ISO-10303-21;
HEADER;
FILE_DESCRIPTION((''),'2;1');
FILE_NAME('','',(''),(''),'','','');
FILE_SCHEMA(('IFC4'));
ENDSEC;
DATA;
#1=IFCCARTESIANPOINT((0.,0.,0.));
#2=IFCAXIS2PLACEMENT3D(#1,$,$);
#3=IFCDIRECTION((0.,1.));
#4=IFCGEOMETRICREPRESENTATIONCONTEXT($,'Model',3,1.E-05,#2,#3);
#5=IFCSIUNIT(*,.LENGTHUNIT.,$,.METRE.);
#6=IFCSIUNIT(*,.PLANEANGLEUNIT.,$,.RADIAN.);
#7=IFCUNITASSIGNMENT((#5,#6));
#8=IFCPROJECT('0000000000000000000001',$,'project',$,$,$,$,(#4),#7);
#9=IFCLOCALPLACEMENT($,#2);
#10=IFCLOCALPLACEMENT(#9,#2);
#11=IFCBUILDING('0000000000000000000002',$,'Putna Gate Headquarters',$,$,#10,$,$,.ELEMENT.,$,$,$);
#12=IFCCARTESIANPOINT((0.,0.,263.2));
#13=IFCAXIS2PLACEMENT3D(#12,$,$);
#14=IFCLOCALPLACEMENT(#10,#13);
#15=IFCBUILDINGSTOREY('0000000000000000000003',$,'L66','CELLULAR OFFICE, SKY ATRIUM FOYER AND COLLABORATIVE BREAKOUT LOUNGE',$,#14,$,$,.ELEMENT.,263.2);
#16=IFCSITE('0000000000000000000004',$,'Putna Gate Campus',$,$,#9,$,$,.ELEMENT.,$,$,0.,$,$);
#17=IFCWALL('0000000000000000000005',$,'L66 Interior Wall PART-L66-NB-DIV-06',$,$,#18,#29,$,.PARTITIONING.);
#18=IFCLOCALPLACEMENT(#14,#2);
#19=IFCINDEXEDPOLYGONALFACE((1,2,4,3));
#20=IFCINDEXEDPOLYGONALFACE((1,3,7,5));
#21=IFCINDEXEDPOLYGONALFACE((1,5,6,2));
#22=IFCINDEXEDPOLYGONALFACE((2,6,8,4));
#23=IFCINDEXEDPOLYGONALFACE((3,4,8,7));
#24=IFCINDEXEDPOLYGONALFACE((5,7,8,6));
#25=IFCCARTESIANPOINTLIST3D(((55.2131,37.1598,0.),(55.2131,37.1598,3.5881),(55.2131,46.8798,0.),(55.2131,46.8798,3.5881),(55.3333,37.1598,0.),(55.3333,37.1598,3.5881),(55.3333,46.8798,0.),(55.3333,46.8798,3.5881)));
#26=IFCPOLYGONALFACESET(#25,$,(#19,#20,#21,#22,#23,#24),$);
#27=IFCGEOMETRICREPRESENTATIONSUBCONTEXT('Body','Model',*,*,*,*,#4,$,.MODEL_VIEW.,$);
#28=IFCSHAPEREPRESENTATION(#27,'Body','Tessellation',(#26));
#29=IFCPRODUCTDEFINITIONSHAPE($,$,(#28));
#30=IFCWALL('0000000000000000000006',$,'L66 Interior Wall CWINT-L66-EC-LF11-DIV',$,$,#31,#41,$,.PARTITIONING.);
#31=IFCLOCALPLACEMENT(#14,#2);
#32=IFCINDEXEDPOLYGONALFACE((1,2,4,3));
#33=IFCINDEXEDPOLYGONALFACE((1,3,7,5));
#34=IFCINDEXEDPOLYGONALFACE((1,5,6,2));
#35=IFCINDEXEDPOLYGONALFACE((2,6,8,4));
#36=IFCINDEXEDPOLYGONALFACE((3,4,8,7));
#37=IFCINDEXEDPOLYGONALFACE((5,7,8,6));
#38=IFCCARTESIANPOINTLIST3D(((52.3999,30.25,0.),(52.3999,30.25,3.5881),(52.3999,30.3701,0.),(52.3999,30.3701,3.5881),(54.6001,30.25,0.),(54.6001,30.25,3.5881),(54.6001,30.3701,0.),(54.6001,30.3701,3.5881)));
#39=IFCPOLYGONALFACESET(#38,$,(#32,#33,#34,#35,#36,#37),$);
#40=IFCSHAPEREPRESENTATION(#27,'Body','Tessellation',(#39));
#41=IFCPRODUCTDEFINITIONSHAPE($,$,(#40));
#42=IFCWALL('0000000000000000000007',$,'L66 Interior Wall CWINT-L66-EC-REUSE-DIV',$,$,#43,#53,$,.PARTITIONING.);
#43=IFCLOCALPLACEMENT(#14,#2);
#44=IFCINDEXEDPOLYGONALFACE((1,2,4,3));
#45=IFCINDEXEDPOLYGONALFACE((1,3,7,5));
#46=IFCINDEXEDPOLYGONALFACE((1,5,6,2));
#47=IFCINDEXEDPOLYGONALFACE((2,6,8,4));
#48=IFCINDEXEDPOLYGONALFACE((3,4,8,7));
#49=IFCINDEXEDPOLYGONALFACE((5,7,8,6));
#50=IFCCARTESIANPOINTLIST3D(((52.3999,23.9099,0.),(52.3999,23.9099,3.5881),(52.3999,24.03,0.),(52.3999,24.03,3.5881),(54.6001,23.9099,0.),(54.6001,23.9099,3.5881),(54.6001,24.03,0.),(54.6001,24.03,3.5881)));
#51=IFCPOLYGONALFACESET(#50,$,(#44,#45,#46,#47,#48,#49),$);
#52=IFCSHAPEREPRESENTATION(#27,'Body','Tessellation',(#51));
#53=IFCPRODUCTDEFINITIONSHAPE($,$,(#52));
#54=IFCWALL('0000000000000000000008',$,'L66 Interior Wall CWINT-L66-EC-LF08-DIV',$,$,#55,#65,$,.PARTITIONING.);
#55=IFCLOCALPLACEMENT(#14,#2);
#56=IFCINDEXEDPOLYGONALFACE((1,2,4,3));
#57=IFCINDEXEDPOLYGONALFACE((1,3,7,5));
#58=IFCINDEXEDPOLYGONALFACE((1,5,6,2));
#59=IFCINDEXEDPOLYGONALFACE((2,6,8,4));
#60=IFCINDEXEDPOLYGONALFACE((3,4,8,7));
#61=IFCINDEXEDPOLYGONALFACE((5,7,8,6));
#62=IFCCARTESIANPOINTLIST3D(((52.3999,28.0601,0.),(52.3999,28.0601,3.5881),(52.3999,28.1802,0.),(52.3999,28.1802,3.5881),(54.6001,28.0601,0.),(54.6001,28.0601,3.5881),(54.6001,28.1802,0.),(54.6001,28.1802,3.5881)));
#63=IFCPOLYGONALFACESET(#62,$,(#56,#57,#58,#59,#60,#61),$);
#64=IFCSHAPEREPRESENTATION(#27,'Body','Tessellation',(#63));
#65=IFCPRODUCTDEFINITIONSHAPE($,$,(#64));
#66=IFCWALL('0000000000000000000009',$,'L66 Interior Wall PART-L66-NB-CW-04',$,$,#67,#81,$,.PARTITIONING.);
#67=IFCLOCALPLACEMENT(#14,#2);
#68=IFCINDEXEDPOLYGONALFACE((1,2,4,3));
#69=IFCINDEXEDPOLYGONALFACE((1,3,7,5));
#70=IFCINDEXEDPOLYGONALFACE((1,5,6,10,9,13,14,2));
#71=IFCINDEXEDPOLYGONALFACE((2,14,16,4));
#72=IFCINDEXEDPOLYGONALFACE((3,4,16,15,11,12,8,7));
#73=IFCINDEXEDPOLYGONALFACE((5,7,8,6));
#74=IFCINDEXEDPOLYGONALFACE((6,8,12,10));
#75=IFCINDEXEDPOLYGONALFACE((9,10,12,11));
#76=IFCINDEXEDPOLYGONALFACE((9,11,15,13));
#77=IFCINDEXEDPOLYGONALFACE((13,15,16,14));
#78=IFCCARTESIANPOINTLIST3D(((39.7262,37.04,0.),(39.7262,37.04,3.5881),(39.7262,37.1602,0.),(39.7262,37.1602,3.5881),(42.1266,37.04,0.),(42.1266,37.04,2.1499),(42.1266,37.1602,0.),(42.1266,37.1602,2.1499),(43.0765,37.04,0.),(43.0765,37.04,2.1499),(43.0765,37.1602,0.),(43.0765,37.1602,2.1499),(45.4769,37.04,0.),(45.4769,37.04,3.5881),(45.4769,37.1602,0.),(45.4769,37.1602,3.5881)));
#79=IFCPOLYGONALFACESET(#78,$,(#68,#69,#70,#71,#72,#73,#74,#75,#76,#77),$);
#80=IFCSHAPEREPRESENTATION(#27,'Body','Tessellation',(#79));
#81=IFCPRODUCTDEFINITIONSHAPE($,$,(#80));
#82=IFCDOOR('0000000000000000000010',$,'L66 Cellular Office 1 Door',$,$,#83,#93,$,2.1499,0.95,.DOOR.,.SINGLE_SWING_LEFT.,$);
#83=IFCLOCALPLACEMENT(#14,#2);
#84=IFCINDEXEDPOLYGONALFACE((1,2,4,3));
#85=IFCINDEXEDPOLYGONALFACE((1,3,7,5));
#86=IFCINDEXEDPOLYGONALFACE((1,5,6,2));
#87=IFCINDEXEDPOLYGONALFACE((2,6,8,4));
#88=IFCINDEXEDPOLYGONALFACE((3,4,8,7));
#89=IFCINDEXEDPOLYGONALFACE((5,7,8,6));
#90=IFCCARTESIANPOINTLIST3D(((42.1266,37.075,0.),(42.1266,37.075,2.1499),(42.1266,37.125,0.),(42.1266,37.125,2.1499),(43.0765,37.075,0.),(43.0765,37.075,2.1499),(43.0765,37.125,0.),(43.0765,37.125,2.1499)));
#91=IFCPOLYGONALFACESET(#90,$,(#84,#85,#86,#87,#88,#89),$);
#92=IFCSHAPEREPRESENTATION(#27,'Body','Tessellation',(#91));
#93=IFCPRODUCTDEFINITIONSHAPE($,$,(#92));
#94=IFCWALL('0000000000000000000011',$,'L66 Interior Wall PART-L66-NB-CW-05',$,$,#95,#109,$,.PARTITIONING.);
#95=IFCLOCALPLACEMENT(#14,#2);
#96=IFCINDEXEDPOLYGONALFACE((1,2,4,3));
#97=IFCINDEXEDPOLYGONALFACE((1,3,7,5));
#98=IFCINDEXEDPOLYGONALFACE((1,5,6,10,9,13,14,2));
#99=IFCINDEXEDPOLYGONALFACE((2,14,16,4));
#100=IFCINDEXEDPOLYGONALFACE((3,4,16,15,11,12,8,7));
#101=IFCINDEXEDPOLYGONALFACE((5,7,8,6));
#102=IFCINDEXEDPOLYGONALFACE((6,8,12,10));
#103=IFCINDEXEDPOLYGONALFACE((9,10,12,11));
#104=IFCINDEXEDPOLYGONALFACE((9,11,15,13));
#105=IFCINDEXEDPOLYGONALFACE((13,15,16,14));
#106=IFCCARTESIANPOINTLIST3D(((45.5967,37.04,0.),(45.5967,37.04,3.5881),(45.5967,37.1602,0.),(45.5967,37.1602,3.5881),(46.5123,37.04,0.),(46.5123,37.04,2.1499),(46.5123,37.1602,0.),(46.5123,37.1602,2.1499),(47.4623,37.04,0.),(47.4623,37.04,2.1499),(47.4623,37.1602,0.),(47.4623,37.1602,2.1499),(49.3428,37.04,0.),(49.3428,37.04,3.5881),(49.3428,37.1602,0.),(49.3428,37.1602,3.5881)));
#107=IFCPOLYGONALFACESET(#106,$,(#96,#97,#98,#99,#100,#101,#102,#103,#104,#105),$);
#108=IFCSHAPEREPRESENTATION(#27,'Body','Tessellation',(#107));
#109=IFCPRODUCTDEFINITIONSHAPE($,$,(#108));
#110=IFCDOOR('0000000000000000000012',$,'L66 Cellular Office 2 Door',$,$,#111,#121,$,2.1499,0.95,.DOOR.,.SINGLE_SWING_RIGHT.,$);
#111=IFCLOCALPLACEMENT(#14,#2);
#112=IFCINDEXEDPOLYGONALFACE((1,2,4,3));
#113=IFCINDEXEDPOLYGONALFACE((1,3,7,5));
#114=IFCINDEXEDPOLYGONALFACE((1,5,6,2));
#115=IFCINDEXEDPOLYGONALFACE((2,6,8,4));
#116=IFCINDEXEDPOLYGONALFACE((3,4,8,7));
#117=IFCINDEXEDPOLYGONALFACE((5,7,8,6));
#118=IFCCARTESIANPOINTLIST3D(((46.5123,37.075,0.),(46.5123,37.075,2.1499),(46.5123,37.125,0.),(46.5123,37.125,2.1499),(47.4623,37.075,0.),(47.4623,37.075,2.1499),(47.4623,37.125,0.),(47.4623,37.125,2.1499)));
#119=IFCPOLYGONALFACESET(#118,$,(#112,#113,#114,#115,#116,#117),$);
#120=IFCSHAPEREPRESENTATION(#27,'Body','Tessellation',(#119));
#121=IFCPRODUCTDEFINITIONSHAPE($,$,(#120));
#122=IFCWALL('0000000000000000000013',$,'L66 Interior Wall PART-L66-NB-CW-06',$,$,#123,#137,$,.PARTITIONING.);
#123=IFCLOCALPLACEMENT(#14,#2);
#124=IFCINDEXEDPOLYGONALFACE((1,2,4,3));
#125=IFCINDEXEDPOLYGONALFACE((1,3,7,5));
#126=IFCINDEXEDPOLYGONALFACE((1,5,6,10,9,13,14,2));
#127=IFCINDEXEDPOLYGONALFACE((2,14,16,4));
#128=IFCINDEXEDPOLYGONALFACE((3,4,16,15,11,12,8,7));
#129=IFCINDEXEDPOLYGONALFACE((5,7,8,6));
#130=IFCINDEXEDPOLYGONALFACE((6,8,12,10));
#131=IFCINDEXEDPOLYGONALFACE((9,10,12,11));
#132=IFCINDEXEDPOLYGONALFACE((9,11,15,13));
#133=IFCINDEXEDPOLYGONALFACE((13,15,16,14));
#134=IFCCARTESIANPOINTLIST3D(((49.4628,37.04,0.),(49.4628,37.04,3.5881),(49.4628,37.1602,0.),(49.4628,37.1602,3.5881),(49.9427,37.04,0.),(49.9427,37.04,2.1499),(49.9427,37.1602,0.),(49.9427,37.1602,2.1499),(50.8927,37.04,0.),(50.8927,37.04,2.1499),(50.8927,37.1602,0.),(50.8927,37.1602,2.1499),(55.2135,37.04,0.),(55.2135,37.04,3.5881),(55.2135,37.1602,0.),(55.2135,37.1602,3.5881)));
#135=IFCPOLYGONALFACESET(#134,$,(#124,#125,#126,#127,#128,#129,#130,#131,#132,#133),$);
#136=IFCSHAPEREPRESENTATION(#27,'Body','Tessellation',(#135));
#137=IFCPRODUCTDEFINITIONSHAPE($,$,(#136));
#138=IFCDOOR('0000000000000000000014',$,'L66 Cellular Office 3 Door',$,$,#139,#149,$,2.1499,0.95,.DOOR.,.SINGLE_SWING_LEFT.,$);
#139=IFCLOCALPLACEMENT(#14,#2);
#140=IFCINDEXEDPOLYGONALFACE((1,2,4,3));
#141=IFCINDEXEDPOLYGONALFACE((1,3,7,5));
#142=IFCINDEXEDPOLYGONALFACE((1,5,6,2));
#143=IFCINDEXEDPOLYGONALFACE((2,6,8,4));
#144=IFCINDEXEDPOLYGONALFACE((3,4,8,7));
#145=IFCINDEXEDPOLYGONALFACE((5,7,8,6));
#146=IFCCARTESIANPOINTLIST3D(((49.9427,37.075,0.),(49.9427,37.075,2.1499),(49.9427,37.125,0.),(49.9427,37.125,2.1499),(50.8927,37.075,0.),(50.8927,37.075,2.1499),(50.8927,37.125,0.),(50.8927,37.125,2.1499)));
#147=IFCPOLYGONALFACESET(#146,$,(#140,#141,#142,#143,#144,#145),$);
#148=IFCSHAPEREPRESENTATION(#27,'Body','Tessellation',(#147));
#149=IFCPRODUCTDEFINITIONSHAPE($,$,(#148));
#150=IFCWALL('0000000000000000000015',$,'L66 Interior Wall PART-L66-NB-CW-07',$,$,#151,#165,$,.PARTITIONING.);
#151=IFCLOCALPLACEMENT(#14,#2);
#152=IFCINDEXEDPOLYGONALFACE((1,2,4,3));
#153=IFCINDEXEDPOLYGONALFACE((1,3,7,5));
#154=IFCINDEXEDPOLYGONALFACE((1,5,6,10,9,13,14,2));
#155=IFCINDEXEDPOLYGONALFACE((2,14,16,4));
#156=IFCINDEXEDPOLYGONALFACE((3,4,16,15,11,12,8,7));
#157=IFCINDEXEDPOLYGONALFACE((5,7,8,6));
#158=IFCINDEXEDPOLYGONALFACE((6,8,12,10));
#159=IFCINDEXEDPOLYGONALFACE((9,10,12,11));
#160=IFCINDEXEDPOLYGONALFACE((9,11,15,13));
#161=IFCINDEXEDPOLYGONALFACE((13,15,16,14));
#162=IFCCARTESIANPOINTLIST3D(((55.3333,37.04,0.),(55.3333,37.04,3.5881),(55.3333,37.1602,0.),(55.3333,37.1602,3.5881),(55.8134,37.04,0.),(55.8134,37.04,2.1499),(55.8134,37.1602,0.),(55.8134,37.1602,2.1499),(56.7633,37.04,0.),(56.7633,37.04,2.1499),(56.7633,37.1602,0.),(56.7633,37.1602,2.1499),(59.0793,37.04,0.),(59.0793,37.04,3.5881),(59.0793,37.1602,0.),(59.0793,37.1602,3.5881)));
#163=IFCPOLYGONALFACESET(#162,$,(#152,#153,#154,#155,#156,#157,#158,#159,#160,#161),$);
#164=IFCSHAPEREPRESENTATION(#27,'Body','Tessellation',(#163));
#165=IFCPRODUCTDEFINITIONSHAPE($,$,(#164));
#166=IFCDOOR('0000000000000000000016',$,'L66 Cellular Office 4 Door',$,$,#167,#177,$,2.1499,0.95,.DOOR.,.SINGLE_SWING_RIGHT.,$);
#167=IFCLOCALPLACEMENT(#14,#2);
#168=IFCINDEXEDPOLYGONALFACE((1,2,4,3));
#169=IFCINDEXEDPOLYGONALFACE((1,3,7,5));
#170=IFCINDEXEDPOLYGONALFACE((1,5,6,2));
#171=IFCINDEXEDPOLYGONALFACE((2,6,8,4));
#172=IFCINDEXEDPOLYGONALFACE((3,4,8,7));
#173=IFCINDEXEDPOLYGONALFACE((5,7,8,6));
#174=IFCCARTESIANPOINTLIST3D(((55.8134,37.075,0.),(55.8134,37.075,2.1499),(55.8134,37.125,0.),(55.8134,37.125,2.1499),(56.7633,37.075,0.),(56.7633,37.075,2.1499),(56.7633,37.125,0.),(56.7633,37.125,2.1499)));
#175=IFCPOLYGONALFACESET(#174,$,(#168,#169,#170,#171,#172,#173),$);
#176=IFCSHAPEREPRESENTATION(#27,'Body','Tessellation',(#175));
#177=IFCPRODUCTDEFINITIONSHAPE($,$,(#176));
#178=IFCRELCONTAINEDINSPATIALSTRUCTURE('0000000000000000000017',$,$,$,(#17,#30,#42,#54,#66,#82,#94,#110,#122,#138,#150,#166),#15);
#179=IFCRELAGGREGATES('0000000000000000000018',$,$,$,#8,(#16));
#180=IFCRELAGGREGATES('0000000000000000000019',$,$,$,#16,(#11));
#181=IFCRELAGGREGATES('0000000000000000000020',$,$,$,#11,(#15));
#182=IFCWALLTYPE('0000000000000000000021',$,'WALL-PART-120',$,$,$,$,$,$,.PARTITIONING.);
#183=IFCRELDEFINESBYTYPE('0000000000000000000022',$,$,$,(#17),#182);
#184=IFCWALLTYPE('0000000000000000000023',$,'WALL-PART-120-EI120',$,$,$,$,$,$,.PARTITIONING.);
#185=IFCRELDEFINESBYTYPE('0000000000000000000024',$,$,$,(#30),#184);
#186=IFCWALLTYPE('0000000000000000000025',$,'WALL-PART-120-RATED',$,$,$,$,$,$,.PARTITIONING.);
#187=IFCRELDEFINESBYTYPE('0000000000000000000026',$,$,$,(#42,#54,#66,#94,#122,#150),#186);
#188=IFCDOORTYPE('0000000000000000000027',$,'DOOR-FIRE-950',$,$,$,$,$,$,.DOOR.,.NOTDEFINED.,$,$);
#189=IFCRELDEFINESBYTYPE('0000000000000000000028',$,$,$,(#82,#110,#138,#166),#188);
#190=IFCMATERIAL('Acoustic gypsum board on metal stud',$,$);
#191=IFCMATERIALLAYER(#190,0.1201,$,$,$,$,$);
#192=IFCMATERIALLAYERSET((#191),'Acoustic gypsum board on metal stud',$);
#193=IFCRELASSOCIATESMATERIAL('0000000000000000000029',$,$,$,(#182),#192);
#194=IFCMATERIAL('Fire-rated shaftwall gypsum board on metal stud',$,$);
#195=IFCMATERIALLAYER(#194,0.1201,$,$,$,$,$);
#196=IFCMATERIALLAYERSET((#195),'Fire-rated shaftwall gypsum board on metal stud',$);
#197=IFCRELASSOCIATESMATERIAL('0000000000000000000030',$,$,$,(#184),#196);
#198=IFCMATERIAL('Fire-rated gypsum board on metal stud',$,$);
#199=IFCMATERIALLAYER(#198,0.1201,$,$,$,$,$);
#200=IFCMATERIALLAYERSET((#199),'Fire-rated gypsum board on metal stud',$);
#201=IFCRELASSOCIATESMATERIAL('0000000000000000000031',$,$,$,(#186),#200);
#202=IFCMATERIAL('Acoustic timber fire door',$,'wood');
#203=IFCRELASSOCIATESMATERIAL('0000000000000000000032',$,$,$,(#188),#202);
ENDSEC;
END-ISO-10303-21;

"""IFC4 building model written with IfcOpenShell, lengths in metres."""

from ifc_helpers import new_model, si_unit, direction, frame, frame_2d, origin, place, context, subcontext, project, spatial, rectangle, extrude, material, layer, layer_set, type_object, element, fill, save


model = new_model("IFC4")

# Units and contexts
model_context = context("Model", 3, precision=1e-05, world=origin(), true_north=direction((0.0, 1.0)))
body_context = subcontext(model_context, "Body", "Model", "MODEL_VIEW")
ifc_project = project(units=[si_unit("LENGTHUNIT", "METRE"), si_unit("PLANEANGLEUNIT", "RADIAN")], contexts=[model_context])

# Site, building, storey
site_placement = place(None, origin())
site = spatial("IfcSite", under=ifc_project, at=site_placement, Name="Putna Gate Campus", CompositionType="ELEMENT", RefElevation=0.0)
building_placement = place(site_placement, origin())
building = spatial("IfcBuilding", under=site, at=building_placement, Name="Putna Gate Headquarters", CompositionType="ELEMENT")
storey_placement = place(building_placement, frame((0.0, 0.0, 263.2)))
storey = spatial("IfcBuildingStorey", under=building, at=storey_placement, Name="L66", Description="CELLULAR OFFICE, SKY ATRIUM FOYER AND COLLABORATIVE BREAKOUT LOUNGE", CompositionType="ELEMENT", Elevation=263.2)

# Shared definitions
ifc_material_1 = material(Name="Acoustic gypsum board on metal stud")
ifc_layer_1 = layer(ifc_material_1, 0.1201)
ifc_layer_set_1 = layer_set([ifc_layer_1], Name="Acoustic gypsum board on metal stud")
wall_type_1 = type_object("IfcWallType", Name="WALL-PART-120", PredefinedType="PARTITIONING", material=ifc_layer_set_1)

# Walls
for number, where, z_axis, x_axis, name in (
    (1, (55.2732, 37.1599, 0.0), (0.0, 0.0, 1.0), (0.0, 1.0, 0.0), "L66 Interior Wall PART-L66-NB-DIV-06"),
):
    element("IfcWall", number, at=place(storey_placement, frame(where, z_axis=z_axis, x_axis=x_axis)), inside=storey, type_object=wall_type_1, Name=name, PredefinedType="PARTITIONING", context=body_context, shape_type="SweptSolid", body=[
        extrude(rectangle(XDim=9.72, YDim=0.1201, at=frame_2d((4.8599, 0.0))), origin(), (0.0, 0.0, 1.0), 3.5881),
    ])
ifc_material_2 = material(Name="Fire-rated shaftwall gypsum board on metal stud")
ifc_layer_2 = layer(ifc_material_2, 0.1201)
ifc_layer_set_2 = layer_set([ifc_layer_2], Name="Fire-rated shaftwall gypsum board on metal stud")
wall_type_2 = type_object("IfcWallType", Name="WALL-PART-120-EI120", PredefinedType="PARTITIONING", material=ifc_layer_set_2)
wall_1_placement = place(storey_placement, frame((52.3999, 30.3101, 0.0), z_axis=(0.0, 0.0, 1.0), x_axis=(1.0, 0.0, 0.0)))
element("IfcWall", 2, at=wall_1_placement, inside=storey, type_object=wall_type_2, Name="L66 Interior Wall CWINT-L66-EC-LF11-DIV", PredefinedType="PARTITIONING", context=body_context, shape_type="SweptSolid", body=[
    extrude(rectangle(XDim=2.2002, YDim=0.1201, at=frame_2d((1.1001, 0.0))), origin(), (0.0, 0.0, 1.0), 3.5881),
])
ifc_material_3 = material(Name="Fire-rated gypsum board on metal stud")
ifc_layer_3 = layer(ifc_material_3, 0.1201)
ifc_layer_set_3 = layer_set([ifc_layer_3], Name="Fire-rated gypsum board on metal stud")
wall_type_3 = type_object("IfcWallType", Name="WALL-PART-120-RATED", PredefinedType="PARTITIONING", material=ifc_layer_set_3)
for number, where, z_axis, x_axis, name in (
    (3, (52.3999, 23.97, 0.0), (0.0, 0.0, 1.0), (1.0, 0.0, 0.0), "L66 Interior Wall CWINT-L66-EC-REUSE-DIV"),
    (4, (52.3999, 28.1201, 0.0), (0.0, 0.0, 1.0), (1.0, 0.0, 0.0), "L66 Interior Wall CWINT-L66-EC-LF08-DIV"),
):
    element("IfcWall", number, at=place(storey_placement, frame(where, z_axis=z_axis, x_axis=x_axis)), inside=storey, type_object=wall_type_3, Name=name, PredefinedType="PARTITIONING", context=body_context, shape_type="SweptSolid", body=[
        extrude(rectangle(XDim=2.2002, YDim=0.1201, at=frame_2d((1.1001, 0.0))), origin(), (0.0, 0.0, 1.0), 3.5881),
    ])

# Walls, openings, doors
wall_2_placement = place(storey_placement, frame((39.7261, 37.1001, 0.0), z_axis=(0.0, 0.0, 1.0), x_axis=(1.0, 0.0, 0.0)))
wall_2 = element("IfcWall", 5, at=wall_2_placement, inside=storey, type_object=wall_type_3, Name="L66 Interior Wall PART-L66-NB-CW-04", PredefinedType="PARTITIONING", context=body_context, shape_type="SweptSolid", body=[
    extrude(rectangle(XDim=5.7507, YDim=0.1201, at=frame_2d((2.8755, 0.0))), origin(), (0.0, 0.0, 1.0), 3.5881),
])
opening_1_placement = place(wall_2_placement, frame((2.4004, 0.0, 0.0)))
opening_1 = element("IfcOpeningElement", 6, at=opening_1_placement, cuts=wall_2, PredefinedType="OPENING", context=body_context, shape_type="SweptSolid", body=[
    extrude(rectangle(XDim=0.95, YDim=2.1499, at=frame_2d((0.4751, 1.075))), frame((0.0, 0.0701, 0.0), z_axis=(0.0, -1.0, 0.0), x_axis=(1.0, 0.0, 0.0)), (0.0, 0.0, 1.0), 0.1401),
])
ifc_material_4 = material(Name="Acoustic timber fire door", Category="wood")
door_type_1 = type_object("IfcDoorType", Name="DOOR-FIRE-950", OperationType="NOTDEFINED", PredefinedType="DOOR", material=ifc_material_4)
door_1_placement = place(opening_1_placement, origin())
door_1 = element("IfcDoor", 7, at=door_1_placement, inside=storey, type_object=door_type_1, Name="L66 Cellular Office 1 Door", OperationType="SINGLE_SWING_LEFT", OverallHeight=2.1499, OverallWidth=0.95, PredefinedType="DOOR", context=body_context, shape_type="SweptSolid", body=[
    extrude(rectangle(XDim=0.95, YDim=2.1499, at=frame_2d((0.4751, 1.075))), frame((0.0, 0.0249, 0.0), z_axis=(0.0, -1.0, 0.0), x_axis=(1.0, 0.0, 0.0)), (0.0, 0.0, 1.0), 0.05),
])
fill(opening_1, door_1)
wall_3_placement = place(storey_placement, frame((45.5967, 37.1001, 0.0), z_axis=(0.0, 0.0, 1.0), x_axis=(1.0, 0.0, 0.0)))
wall_3 = element("IfcWall", 8, at=wall_3_placement, inside=storey, type_object=wall_type_3, Name="L66 Interior Wall PART-L66-NB-CW-05", PredefinedType="PARTITIONING", context=body_context, shape_type="SweptSolid", body=[
    extrude(rectangle(XDim=3.7461, YDim=0.1201, at=frame_2d((1.873, 0.0))), origin(), (0.0, 0.0, 1.0), 3.5881),
])
opening_2_placement = place(wall_3_placement, frame((0.9155, 0.0, 0.0)))
opening_2 = element("IfcOpeningElement", 9, at=opening_2_placement, cuts=wall_3, PredefinedType="OPENING", context=body_context, shape_type="SweptSolid", body=[
    extrude(rectangle(XDim=0.95, YDim=2.1499, at=frame_2d((0.4751, 1.075))), frame((0.0, 0.0701, 0.0), z_axis=(0.0, -1.0, 0.0), x_axis=(1.0, 0.0, 0.0)), (0.0, 0.0, 1.0), 0.1401),
])
door_2_placement = place(opening_2_placement, origin())
door_2 = element("IfcDoor", 10, at=door_2_placement, inside=storey, type_object=door_type_1, Name="L66 Cellular Office 2 Door", OperationType="SINGLE_SWING_RIGHT", OverallHeight=2.1499, OverallWidth=0.95, PredefinedType="DOOR", context=body_context, shape_type="SweptSolid", body=[
    extrude(rectangle(XDim=0.95, YDim=2.1499, at=frame_2d((0.4751, 1.075))), frame((0.0, 0.0249, 0.0), z_axis=(0.0, -1.0, 0.0), x_axis=(1.0, 0.0, 0.0)), (0.0, 0.0, 1.0), 0.05),
])
fill(opening_2, door_2)
wall_4_placement = place(storey_placement, frame((49.4626, 37.1001, 0.0), z_axis=(0.0, 0.0, 1.0), x_axis=(1.0, 0.0, 0.0)))
wall_4 = element("IfcWall", 11, at=wall_4_placement, inside=storey, type_object=wall_type_3, Name="L66 Interior Wall PART-L66-NB-CW-06", PredefinedType="PARTITIONING", context=body_context, shape_type="SweptSolid", body=[
    extrude(rectangle(XDim=5.7507, YDim=0.1201, at=frame_2d((2.8755, 0.0))), origin(), (0.0, 0.0, 1.0), 3.5881),
])
opening_3_placement = place(wall_4_placement, frame((0.48, 0.0, 0.0)))
opening_3 = element("IfcOpeningElement", 12, at=opening_3_placement, cuts=wall_4, PredefinedType="OPENING", context=body_context, shape_type="SweptSolid", body=[
    extrude(rectangle(XDim=0.95, YDim=2.1499, at=frame_2d((0.4751, 1.075))), frame((0.0, 0.0701, 0.0), z_axis=(0.0, -1.0, 0.0), x_axis=(1.0, 0.0, 0.0)), (0.0, 0.0, 1.0), 0.1401),
])
door_3_placement = place(opening_3_placement, origin())
door_3 = element("IfcDoor", 13, at=door_3_placement, inside=storey, type_object=door_type_1, Name="L66 Cellular Office 3 Door", OperationType="SINGLE_SWING_LEFT", OverallHeight=2.1499, OverallWidth=0.95, PredefinedType="DOOR", context=body_context, shape_type="SweptSolid", body=[
    extrude(rectangle(XDim=0.95, YDim=2.1499, at=frame_2d((0.4751, 1.075))), frame((0.0, 0.0249, 0.0), z_axis=(0.0, -1.0, 0.0), x_axis=(1.0, 0.0, 0.0)), (0.0, 0.0, 1.0), 0.05),
])
fill(opening_3, door_3)
wall_5_placement = place(storey_placement, frame((55.3333, 37.1001, 0.0), z_axis=(0.0, 0.0, 1.0), x_axis=(1.0, 0.0, 0.0)))
wall_5 = element("IfcWall", 14, at=wall_5_placement, inside=storey, type_object=wall_type_3, Name="L66 Interior Wall PART-L66-NB-CW-07", PredefinedType="PARTITIONING", context=body_context, shape_type="SweptSolid", body=[
    extrude(rectangle(XDim=3.7461, YDim=0.1201, at=frame_2d((1.873, 0.0))), origin(), (0.0, 0.0, 1.0), 3.5881),
])
opening_4_placement = place(wall_5_placement, frame((0.48, 0.0, 0.0)))
opening_4 = element("IfcOpeningElement", 15, at=opening_4_placement, cuts=wall_5, PredefinedType="OPENING", context=body_context, shape_type="SweptSolid", body=[
    extrude(rectangle(XDim=0.95, YDim=2.1499, at=frame_2d((0.4751, 1.075))), frame((0.0, 0.0701, 0.0), z_axis=(0.0, -1.0, 0.0), x_axis=(1.0, 0.0, 0.0)), (0.0, 0.0, 1.0), 0.1401),
])
door_4_placement = place(opening_4_placement, origin())
door_4 = element("IfcDoor", 16, at=door_4_placement, inside=storey, type_object=door_type_1, Name="L66 Cellular Office 4 Door", OperationType="SINGLE_SWING_RIGHT", OverallHeight=2.1499, OverallWidth=0.95, PredefinedType="DOOR", context=body_context, shape_type="SweptSolid", body=[
    extrude(rectangle(XDim=0.95, YDim=2.1499, at=frame_2d((0.4751, 1.075))), frame((0.0, 0.0249, 0.0), z_axis=(0.0, -1.0, 0.0), x_axis=(1.0, 0.0, 0.0)), (0.0, 0.0, 1.0), 0.05),
])
fill(opening_4, door_4)

save(model, "model.ifc")
